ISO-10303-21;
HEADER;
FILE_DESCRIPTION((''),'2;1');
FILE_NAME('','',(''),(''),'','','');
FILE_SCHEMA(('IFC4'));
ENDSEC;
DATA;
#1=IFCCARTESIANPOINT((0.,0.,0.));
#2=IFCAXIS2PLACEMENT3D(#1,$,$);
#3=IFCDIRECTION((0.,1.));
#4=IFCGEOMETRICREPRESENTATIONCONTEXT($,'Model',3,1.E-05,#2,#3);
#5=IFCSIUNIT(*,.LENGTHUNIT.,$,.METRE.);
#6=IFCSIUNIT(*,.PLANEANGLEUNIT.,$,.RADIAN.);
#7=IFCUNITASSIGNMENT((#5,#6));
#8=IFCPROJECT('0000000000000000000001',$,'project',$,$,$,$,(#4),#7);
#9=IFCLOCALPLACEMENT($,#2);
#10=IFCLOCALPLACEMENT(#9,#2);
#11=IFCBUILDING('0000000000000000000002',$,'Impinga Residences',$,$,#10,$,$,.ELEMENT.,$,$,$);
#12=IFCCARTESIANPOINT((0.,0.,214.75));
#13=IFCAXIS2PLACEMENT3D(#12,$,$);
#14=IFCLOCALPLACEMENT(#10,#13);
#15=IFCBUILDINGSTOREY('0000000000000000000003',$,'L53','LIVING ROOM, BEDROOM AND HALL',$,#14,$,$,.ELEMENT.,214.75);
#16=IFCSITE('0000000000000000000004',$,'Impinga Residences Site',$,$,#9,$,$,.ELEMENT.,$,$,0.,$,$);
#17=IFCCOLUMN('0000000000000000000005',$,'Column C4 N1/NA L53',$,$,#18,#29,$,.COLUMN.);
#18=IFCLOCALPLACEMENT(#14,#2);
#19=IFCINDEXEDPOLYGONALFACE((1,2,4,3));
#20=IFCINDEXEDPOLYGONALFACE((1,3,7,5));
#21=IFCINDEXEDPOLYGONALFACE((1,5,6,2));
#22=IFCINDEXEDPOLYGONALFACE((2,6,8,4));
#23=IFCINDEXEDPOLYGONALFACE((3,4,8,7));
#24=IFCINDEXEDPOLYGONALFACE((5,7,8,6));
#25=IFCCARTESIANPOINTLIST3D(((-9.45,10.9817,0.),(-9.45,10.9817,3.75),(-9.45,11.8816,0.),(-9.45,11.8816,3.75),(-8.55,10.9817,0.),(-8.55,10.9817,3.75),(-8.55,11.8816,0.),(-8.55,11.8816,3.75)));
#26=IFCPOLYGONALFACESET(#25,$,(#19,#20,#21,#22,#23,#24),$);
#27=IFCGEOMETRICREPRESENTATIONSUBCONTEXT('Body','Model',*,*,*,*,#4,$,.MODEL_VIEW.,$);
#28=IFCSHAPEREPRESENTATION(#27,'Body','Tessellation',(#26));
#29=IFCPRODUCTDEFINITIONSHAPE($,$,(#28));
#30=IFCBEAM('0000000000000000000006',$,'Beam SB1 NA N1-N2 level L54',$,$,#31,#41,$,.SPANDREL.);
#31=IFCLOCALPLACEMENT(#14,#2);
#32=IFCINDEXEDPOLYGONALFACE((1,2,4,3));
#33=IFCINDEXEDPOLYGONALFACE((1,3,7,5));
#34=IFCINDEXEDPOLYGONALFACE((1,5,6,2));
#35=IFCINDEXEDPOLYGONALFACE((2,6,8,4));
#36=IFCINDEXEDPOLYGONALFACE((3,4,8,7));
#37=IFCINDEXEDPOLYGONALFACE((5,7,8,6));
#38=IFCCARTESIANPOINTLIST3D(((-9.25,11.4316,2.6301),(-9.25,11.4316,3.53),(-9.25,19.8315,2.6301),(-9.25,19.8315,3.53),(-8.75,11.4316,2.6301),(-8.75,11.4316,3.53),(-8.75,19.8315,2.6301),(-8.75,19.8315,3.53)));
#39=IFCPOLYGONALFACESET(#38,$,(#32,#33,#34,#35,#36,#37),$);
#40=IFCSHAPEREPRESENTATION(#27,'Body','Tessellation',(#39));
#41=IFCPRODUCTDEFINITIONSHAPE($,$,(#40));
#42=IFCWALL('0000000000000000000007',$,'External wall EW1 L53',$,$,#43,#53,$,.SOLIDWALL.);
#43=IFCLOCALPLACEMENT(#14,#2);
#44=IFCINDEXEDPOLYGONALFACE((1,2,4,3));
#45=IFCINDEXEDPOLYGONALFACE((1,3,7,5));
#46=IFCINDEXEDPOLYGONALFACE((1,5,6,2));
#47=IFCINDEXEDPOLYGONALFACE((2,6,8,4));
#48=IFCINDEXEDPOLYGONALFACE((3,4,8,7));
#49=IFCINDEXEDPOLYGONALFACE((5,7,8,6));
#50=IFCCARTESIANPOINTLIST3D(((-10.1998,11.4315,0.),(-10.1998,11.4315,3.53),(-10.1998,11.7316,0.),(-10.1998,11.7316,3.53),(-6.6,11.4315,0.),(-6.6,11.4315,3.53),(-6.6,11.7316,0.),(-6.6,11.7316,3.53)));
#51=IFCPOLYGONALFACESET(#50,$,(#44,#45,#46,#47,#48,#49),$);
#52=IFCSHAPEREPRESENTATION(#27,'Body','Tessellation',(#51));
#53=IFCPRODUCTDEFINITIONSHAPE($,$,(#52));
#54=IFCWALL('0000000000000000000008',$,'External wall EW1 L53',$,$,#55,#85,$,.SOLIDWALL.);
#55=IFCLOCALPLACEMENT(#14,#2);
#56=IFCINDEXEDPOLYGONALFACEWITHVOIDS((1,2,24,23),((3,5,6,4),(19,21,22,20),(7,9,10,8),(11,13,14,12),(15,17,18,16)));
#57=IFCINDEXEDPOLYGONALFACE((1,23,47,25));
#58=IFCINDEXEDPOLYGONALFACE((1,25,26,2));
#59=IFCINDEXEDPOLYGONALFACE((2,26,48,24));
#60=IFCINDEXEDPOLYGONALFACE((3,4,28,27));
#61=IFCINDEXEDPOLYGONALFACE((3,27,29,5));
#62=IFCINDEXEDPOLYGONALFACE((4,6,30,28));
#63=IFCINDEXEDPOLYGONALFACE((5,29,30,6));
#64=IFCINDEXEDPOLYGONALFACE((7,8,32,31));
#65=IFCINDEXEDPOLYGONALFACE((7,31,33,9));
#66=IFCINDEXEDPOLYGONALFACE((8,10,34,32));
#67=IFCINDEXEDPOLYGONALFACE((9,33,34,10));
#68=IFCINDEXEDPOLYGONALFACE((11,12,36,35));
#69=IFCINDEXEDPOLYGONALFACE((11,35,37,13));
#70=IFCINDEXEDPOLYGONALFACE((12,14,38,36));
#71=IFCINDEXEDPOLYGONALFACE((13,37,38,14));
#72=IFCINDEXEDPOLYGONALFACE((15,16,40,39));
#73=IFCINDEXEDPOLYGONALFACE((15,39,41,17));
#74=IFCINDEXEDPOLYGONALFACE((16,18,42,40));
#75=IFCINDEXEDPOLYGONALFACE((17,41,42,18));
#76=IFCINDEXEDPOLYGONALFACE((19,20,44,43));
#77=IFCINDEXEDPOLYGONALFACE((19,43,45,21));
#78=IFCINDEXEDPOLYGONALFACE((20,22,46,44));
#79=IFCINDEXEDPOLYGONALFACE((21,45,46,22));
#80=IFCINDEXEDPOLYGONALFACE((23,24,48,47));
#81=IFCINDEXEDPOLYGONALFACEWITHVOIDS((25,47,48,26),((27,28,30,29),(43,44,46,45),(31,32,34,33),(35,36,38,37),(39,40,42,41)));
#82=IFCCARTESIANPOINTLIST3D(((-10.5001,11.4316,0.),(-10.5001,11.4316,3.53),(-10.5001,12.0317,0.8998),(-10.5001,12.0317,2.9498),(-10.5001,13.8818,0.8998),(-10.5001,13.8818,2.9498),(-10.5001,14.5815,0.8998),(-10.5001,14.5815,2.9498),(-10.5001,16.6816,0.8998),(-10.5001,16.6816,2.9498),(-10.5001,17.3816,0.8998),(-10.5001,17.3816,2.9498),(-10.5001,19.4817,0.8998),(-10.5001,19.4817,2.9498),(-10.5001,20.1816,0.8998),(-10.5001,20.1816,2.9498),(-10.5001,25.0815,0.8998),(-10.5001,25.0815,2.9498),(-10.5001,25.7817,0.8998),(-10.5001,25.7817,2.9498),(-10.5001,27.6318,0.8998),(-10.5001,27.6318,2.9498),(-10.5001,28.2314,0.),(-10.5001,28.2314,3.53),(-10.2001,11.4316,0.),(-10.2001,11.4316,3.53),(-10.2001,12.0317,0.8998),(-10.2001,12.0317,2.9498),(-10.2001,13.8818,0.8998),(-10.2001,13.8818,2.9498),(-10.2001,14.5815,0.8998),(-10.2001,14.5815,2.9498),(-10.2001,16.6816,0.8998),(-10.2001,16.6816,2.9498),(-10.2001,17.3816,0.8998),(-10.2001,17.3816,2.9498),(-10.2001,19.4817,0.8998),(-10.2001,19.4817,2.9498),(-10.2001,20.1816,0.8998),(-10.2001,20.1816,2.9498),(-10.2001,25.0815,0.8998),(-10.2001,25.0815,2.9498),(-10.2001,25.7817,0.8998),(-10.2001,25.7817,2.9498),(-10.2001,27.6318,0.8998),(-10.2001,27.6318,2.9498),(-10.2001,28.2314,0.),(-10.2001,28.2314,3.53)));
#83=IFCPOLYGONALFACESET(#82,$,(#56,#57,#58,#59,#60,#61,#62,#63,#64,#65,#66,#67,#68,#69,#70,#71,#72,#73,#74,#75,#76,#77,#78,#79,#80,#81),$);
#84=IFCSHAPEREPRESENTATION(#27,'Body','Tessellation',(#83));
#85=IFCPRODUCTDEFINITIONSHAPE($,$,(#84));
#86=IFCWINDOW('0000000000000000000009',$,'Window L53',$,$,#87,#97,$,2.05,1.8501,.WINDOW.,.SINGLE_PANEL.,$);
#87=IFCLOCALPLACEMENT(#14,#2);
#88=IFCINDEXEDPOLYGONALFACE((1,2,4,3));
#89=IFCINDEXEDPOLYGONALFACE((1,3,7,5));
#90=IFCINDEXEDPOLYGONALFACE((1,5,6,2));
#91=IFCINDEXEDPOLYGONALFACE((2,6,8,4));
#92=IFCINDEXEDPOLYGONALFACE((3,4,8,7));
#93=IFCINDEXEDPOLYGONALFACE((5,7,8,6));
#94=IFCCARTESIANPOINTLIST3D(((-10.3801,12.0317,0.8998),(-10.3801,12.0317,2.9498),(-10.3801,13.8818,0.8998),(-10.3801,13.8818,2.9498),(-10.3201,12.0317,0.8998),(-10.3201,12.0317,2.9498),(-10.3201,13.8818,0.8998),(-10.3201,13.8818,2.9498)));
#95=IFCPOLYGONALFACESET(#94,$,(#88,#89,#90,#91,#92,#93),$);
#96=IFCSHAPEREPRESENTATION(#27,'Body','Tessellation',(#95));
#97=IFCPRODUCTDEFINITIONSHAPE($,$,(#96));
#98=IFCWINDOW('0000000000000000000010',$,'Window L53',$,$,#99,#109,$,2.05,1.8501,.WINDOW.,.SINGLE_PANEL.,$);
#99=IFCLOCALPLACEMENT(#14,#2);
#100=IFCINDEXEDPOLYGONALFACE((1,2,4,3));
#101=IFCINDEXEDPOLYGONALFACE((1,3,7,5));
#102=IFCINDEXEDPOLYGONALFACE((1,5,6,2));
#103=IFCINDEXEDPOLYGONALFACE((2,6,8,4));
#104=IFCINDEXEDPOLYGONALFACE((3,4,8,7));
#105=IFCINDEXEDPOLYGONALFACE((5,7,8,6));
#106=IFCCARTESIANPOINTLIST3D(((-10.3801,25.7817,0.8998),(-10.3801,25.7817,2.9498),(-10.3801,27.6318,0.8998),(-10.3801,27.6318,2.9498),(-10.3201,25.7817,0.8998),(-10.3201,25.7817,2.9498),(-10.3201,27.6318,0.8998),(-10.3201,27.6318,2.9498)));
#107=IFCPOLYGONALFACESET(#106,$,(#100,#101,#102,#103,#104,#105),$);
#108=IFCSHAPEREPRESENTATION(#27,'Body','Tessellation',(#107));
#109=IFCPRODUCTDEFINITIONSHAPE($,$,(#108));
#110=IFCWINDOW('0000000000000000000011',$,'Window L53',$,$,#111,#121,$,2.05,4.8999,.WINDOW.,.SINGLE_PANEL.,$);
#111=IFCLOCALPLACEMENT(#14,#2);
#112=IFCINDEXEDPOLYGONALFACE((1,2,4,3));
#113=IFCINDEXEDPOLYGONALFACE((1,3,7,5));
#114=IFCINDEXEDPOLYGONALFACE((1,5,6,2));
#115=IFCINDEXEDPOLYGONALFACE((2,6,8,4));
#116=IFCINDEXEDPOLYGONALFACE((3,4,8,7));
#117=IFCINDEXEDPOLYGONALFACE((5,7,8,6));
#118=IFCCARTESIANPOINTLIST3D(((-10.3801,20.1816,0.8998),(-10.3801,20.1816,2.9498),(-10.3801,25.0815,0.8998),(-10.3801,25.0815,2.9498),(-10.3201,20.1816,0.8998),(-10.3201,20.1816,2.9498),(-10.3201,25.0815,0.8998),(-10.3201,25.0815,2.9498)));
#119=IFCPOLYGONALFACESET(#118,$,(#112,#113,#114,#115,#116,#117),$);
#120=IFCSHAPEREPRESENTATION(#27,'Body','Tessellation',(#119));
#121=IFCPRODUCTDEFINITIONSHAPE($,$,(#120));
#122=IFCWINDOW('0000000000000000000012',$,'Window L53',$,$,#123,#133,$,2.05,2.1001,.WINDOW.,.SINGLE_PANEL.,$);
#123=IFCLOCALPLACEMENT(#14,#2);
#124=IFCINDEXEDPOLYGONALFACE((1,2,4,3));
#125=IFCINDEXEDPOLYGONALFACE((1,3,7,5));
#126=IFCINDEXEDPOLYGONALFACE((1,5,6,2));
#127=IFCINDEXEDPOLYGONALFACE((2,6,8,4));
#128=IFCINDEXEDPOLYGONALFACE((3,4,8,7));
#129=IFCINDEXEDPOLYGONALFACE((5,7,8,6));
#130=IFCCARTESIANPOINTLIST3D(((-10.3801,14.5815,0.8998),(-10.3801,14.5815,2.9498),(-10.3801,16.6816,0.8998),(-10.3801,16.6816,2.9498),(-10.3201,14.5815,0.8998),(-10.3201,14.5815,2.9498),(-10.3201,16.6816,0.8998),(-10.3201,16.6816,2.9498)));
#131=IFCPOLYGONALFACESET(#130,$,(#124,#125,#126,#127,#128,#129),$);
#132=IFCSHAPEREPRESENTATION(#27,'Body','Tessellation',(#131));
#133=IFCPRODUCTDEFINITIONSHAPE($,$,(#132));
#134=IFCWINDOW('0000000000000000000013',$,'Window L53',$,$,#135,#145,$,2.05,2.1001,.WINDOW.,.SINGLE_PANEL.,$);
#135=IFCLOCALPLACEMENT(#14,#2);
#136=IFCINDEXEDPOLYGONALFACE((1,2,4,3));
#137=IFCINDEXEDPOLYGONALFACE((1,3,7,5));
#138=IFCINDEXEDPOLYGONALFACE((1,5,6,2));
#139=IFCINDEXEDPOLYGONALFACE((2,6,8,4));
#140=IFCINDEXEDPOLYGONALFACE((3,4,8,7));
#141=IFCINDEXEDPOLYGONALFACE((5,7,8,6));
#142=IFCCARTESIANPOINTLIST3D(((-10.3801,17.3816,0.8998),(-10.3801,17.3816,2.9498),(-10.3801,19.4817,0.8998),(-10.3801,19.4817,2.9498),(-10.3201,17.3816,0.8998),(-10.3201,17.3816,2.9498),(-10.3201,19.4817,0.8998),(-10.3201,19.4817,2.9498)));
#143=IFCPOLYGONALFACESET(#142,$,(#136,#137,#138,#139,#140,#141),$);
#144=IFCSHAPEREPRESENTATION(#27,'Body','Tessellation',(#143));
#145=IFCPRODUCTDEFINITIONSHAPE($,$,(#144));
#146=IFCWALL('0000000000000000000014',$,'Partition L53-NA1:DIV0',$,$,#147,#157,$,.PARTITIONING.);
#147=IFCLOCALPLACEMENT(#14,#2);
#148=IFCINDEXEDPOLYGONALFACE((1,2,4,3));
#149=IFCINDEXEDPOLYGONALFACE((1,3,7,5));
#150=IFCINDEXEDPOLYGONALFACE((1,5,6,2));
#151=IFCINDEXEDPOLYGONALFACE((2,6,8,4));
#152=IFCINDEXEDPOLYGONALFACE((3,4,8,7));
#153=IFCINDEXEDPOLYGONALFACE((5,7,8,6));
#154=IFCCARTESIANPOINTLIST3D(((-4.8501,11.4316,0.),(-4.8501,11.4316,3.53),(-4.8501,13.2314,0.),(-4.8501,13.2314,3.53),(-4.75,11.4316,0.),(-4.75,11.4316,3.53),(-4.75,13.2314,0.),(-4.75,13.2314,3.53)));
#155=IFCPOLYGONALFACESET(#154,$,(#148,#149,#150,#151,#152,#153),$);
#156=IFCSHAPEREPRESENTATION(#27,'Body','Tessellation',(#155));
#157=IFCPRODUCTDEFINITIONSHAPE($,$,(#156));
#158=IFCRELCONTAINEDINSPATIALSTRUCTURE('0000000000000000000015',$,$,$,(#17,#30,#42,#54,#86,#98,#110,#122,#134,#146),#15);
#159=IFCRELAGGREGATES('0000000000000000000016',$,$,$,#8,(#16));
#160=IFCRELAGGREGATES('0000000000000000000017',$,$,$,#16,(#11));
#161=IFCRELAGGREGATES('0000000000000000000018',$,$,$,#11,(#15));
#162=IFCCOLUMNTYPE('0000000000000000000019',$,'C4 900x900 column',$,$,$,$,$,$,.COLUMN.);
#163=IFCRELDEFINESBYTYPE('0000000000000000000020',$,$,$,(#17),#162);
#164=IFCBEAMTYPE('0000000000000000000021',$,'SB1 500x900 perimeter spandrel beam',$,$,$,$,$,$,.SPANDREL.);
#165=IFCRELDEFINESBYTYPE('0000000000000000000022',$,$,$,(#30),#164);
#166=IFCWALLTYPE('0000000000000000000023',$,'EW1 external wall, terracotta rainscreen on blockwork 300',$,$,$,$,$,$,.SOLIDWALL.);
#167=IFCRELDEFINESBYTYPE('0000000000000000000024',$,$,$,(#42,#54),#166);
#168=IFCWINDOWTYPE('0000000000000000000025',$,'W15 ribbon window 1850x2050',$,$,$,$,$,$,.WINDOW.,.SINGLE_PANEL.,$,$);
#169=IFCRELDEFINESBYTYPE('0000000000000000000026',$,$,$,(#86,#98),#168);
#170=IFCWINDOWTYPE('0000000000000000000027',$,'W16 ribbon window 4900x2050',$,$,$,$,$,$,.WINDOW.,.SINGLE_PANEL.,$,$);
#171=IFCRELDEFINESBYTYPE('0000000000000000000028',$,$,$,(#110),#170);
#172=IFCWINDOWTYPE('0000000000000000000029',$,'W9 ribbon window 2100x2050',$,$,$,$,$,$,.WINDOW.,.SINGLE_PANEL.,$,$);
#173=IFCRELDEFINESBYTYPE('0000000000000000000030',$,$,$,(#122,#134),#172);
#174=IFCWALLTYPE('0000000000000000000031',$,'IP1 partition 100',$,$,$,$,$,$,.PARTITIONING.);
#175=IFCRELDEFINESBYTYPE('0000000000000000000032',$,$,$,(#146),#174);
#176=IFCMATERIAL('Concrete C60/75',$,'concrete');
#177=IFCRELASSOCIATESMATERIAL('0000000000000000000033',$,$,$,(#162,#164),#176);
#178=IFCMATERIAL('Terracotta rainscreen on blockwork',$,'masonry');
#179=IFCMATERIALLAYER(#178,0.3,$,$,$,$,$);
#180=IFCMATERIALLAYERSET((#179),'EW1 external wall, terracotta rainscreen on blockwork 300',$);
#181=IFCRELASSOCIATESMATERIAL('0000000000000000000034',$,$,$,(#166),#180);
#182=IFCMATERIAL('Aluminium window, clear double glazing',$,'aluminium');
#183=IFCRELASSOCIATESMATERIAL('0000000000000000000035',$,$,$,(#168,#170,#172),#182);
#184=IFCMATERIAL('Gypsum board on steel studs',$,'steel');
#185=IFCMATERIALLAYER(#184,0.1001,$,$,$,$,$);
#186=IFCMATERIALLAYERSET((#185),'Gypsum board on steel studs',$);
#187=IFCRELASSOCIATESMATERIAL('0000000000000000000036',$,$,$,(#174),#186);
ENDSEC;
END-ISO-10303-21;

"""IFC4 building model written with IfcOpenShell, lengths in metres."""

from ifc_helpers import new_model, si_unit, direction, frame, frame_2d, origin, origin_2d, place, context, subcontext, project, spatial, rectangle, extrude, material, layer, layer_set, material_profile, profile_set, type_object, element, fill, save


model = new_model("IFC4")

# Units and contexts
model_context = context("Model", 3, precision=1e-05, world=origin(), true_north=direction((0.0, 1.0)))
body_context = subcontext(model_context, "Body", "Model", "MODEL_VIEW")
ifc_project = project(units=[si_unit("LENGTHUNIT", "METRE"), si_unit("PLANEANGLEUNIT", "RADIAN")], contexts=[model_context])

# Site, building, storey
site_placement = place(None, origin())
site = spatial("IfcSite", under=ifc_project, at=site_placement, Name="Impinga Residences Site", CompositionType="ELEMENT", RefElevation=0.0)
building_placement = place(site_placement, origin())
building = spatial("IfcBuilding", under=site, at=building_placement, Name="Impinga Residences", CompositionType="ELEMENT")
storey_placement = place(building_placement, frame((0.0, 0.0, 214.75)))
storey = spatial("IfcBuildingStorey", under=building, at=storey_placement, Name="L53", Description="LIVING ROOM, BEDROOM AND HALL", CompositionType="ELEMENT", Elevation=214.75)

# Column
ifc_material_1 = material(Name="Concrete C60/75", Category="concrete")
ifc_material_profile_1 = material_profile(ifc_material_1, rectangle(XDim=0.8999, YDim=0.8999, at=origin_2d()), Name="RC 900x900")
ifc_profile_set_1 = profile_set([ifc_material_profile_1], Name="Concrete C60/75")
column_type = type_object("IfcColumnType", Name="C4 900x900 column", PredefinedType="COLUMN", material=ifc_profile_set_1)
column_placement = place(storey_placement, frame((-9.0, 11.4316, 0.0), z_axis=(0.0, 0.0, 1.0), x_axis=(1.0, 0.0, 0.0)))
element("IfcColumn", 1, at=column_placement, inside=storey, type_object=column_type, Name="Column C4 N1/NA L53", PredefinedType="COLUMN", context=body_context, shape_type="SweptSolid", body=[
    extrude(rectangle(XDim=0.8999, YDim=0.8999, at=origin_2d()), origin(), (0.0, 0.0, 1.0), 3.75),
])

# Beam
ifc_material_profile_2 = material_profile(ifc_material_1, rectangle(XDim=0.5, YDim=0.8999, at=origin_2d()), Name="RC 500x900")
ifc_profile_set_2 = profile_set([ifc_material_profile_2], Name="Concrete C60/75")
beam_type = type_object("IfcBeamType", Name="SB1 500x900 perimeter spandrel beam", PredefinedType="SPANDREL", material=ifc_profile_set_2)
beam_placement = place(storey_placement, frame((-9.0, 11.4316, 3.0801), z_axis=(0.0, 1.0, 0.0), x_axis=(-1.0, 0.0, 0.0)))
element("IfcBeam", 2, at=beam_placement, inside=storey, type_object=beam_type, Name="Beam SB1 NA N1-N2 level L54", PredefinedType="SPANDREL", context=body_context, shape_type="SweptSolid", body=[
    extrude(rectangle(XDim=0.5, YDim=0.8999, at=origin_2d()), origin(), (0.0, 0.0, 1.0), 8.3999),
])

# Wall
ifc_material_2 = material(Name="Terracotta rainscreen on blockwork", Category="masonry")
ifc_layer_1 = layer(ifc_material_2, 0.3)
ifc_layer_set_1 = layer_set([ifc_layer_1], Name="EW1 external wall, terracotta rainscreen on blockwork 300")
wall_type_1 = type_object("IfcWallType", Name="EW1 external wall, terracotta rainscreen on blockwork 300", PredefinedType="SOLIDWALL", material=ifc_layer_set_1)
wall_1_placement = place(storey_placement, frame((-6.6001, 11.5815, 0.0), z_axis=(0.0, 0.0, 1.0), x_axis=(-1.0, 0.0, 0.0)))
element("IfcWall", 3, at=wall_1_placement, inside=storey, type_object=wall_type_1, Name="External wall EW1 L53", PredefinedType="SOLIDWALL", context=body_context, shape_type="SweptSolid", body=[
    extrude(rectangle(XDim=3.5999, YDim=0.3, at=frame_2d((1.7998, 0.0))), origin(), (0.0, 0.0, 1.0), 3.53),
])

# Wall, openings, windows
wall_2_placement = place(storey_placement, frame((-10.3501, 11.4316, 0.0), z_axis=(0.0, 0.0, 1.0), x_axis=(0.0, 1.0, 0.0)))
wall_2 = element("IfcWall", 4, at=wall_2_placement, inside=storey, type_object=wall_type_1, Name="External wall EW1 L53", PredefinedType="SOLIDWALL", context=body_context, shape_type="SweptSolid", body=[
    extrude(rectangle(XDim=16.7998, YDim=0.3, at=frame_2d((8.3999, 0.0))), origin(), (0.0, 0.0, 1.0), 3.53),
])
opening_1_placement = place(wall_2_placement, frame((0.6001, 0.0, 0.8999)))
opening_1 = element("IfcOpeningElement", 5, at=opening_1_placement, cuts=wall_2, PredefinedType="OPENING", context=body_context, shape_type="SweptSolid", body=[
    extrude(rectangle(XDim=1.8501, YDim=2.05, at=frame_2d((0.925, 1.0249))), frame((0.0, 0.1599, 0.0), z_axis=(0.0, -1.0, 0.0), x_axis=(1.0, 0.0, 0.0)), (0.0, 0.0, 1.0), 0.3201),
])
opening_2_placement = place(wall_2_placement, frame((3.1499, 0.0, 0.8999)))
opening_2 = element("IfcOpeningElement", 6, at=opening_2_placement, cuts=wall_2, PredefinedType="OPENING", context=body_context, shape_type="SweptSolid", body=[
    extrude(rectangle(XDim=2.1001, YDim=2.05, at=frame_2d((1.05, 1.0249))), frame((0.0, 0.1599, 0.0), z_axis=(0.0, -1.0, 0.0), x_axis=(1.0, 0.0, 0.0)), (0.0, 0.0, 1.0), 0.3201),
])
opening_3_placement = place(wall_2_placement, frame((5.95, 0.0, 0.8999)))
opening_3 = element("IfcOpeningElement", 7, at=opening_3_placement, cuts=wall_2, PredefinedType="OPENING", context=body_context, shape_type="SweptSolid", body=[
    extrude(rectangle(XDim=2.1001, YDim=2.05, at=frame_2d((1.05, 1.0249))), frame((0.0, 0.1599, 0.0), z_axis=(0.0, -1.0, 0.0), x_axis=(1.0, 0.0, 0.0)), (0.0, 0.0, 1.0), 0.3201),
])
opening_4_placement = place(wall_2_placement, frame((8.75, 0.0, 0.8999)))
opening_4 = element("IfcOpeningElement", 8, at=opening_4_placement, cuts=wall_2, PredefinedType="OPENING", context=body_context, shape_type="SweptSolid", body=[
    extrude(rectangle(XDim=4.8999, YDim=2.05, at=frame_2d((2.45, 1.0249))), frame((0.0, 0.1599, 0.0), z_axis=(0.0, -1.0, 0.0), x_axis=(1.0, 0.0, 0.0)), (0.0, 0.0, 1.0), 0.3201),
])
opening_5_placement = place(wall_2_placement, frame((14.3501, 0.0, 0.8999)))
opening_5 = element("IfcOpeningElement", 9, at=opening_5_placement, cuts=wall_2, PredefinedType="OPENING", context=body_context, shape_type="SweptSolid", body=[
    extrude(rectangle(XDim=1.8501, YDim=2.05, at=frame_2d((0.925, 1.0249))), frame((0.0, 0.1599, 0.0), z_axis=(0.0, -1.0, 0.0), x_axis=(1.0, 0.0, 0.0)), (0.0, 0.0, 1.0), 0.3201),
])
ifc_material_3 = material(Name="Aluminium window, clear double glazing", Category="aluminium")
window_type_1 = type_object("IfcWindowType", Name="W15 ribbon window 1850x2050", PartitioningType="SINGLE_PANEL", PredefinedType="WINDOW", material=ifc_material_3)
window_1_placement = place(opening_1_placement, origin())
window_1 = element("IfcWindow", 10, at=window_1_placement, inside=storey, type_object=window_type_1, Name="Window L53", OverallHeight=2.05, OverallWidth=1.8501, PartitioningType="SINGLE_PANEL", PredefinedType="WINDOW", context=body_context, shape_type="SweptSolid", body=[
    extrude(rectangle(XDim=1.8501, YDim=2.05, at=frame_2d((0.925, 1.0249))), frame((0.0, 0.03, 0.0), z_axis=(0.0, -1.0, 0.0), x_axis=(1.0, 0.0, 0.0)), (0.0, 0.0, 1.0), 0.0601),
])
fill(opening_1, window_1)
window_2_placement = place(opening_5_placement, origin())
window_2 = element("IfcWindow", 11, at=window_2_placement, inside=storey, type_object=window_type_1, Name="Window L53", OverallHeight=2.05, OverallWidth=1.8501, PartitioningType="SINGLE_PANEL", PredefinedType="WINDOW", context=body_context, shape_type="SweptSolid", body=[
    extrude(rectangle(XDim=1.8501, YDim=2.05, at=frame_2d((0.925, 1.0249))), frame((0.0, 0.03, 0.0), z_axis=(0.0, -1.0, 0.0), x_axis=(1.0, 0.0, 0.0)), (0.0, 0.0, 1.0), 0.0601),
])
fill(opening_5, window_2)
window_type_2 = type_object("IfcWindowType", Name="W16 ribbon window 4900x2050", PartitioningType="SINGLE_PANEL", PredefinedType="WINDOW", material=ifc_material_3)
window_3_placement = place(opening_4_placement, origin())
window_3 = element("IfcWindow", 12, at=window_3_placement, inside=storey, type_object=window_type_2, Name="Window L53", OverallHeight=2.05, OverallWidth=4.8999, PartitioningType="SINGLE_PANEL", PredefinedType="WINDOW", context=body_context, shape_type="SweptSolid", body=[
    extrude(rectangle(XDim=4.8999, YDim=2.05, at=frame_2d((2.45, 1.0249))), frame((0.0, 0.03, 0.0), z_axis=(0.0, -1.0, 0.0), x_axis=(1.0, 0.0, 0.0)), (0.0, 0.0, 1.0), 0.0601),
])
fill(opening_4, window_3)
window_type_3 = type_object("IfcWindowType", Name="W9 ribbon window 2100x2050", PartitioningType="SINGLE_PANEL", PredefinedType="WINDOW", material=ifc_material_3)
window_4_placement = place(opening_2_placement, origin())
window_4 = element("IfcWindow", 13, at=window_4_placement, inside=storey, type_object=window_type_3, Name="Window L53", OverallHeight=2.05, OverallWidth=2.1001, PartitioningType="SINGLE_PANEL", PredefinedType="WINDOW", context=body_context, shape_type="SweptSolid", body=[
    extrude(rectangle(XDim=2.1001, YDim=2.05, at=frame_2d((1.05, 1.0249))), frame((0.0, 0.03, 0.0), z_axis=(0.0, -1.0, 0.0), x_axis=(1.0, 0.0, 0.0)), (0.0, 0.0, 1.0), 0.0601),
])
fill(opening_2, window_4)
window_5_placement = place(opening_3_placement, origin())
window_5 = element("IfcWindow", 14, at=window_5_placement, inside=storey, type_object=window_type_3, Name="Window L53", OverallHeight=2.05, OverallWidth=2.1001, PartitioningType="SINGLE_PANEL", PredefinedType="WINDOW", context=body_context, shape_type="SweptSolid", body=[
    extrude(rectangle(XDim=2.1001, YDim=2.05, at=frame_2d((1.05, 1.0249))), frame((0.0, 0.03, 0.0), z_axis=(0.0, -1.0, 0.0), x_axis=(1.0, 0.0, 0.0)), (0.0, 0.0, 1.0), 0.0601),
])
fill(opening_3, window_5)

# Wall
ifc_material_4 = material(Name="Gypsum board on steel studs", Category="steel")
ifc_layer_2 = layer(ifc_material_4, 0.1001)
ifc_layer_set_2 = layer_set([ifc_layer_2], Name="Gypsum board on steel studs")
wall_type_2 = type_object("IfcWallType", Name="IP1 partition 100", PredefinedType="PARTITIONING", material=ifc_layer_set_2)
wall_3_placement = place(storey_placement, frame((-4.8, 11.4316, 0.0), z_axis=(0.0, 0.0, 1.0), x_axis=(0.0, 1.0, 0.0)))
element("IfcWall", 15, at=wall_3_placement, inside=storey, type_object=wall_type_2, Name="Partition L53-NA1:DIV0", PredefinedType="PARTITIONING", context=body_context, shape_type="SweptSolid", body=[
    extrude(rectangle(XDim=1.7998, YDim=0.1001, at=frame_2d((0.8999, 0.0))), origin(), (0.0, 0.0, 1.0), 3.53),
])

save(model, "model.ifc")
